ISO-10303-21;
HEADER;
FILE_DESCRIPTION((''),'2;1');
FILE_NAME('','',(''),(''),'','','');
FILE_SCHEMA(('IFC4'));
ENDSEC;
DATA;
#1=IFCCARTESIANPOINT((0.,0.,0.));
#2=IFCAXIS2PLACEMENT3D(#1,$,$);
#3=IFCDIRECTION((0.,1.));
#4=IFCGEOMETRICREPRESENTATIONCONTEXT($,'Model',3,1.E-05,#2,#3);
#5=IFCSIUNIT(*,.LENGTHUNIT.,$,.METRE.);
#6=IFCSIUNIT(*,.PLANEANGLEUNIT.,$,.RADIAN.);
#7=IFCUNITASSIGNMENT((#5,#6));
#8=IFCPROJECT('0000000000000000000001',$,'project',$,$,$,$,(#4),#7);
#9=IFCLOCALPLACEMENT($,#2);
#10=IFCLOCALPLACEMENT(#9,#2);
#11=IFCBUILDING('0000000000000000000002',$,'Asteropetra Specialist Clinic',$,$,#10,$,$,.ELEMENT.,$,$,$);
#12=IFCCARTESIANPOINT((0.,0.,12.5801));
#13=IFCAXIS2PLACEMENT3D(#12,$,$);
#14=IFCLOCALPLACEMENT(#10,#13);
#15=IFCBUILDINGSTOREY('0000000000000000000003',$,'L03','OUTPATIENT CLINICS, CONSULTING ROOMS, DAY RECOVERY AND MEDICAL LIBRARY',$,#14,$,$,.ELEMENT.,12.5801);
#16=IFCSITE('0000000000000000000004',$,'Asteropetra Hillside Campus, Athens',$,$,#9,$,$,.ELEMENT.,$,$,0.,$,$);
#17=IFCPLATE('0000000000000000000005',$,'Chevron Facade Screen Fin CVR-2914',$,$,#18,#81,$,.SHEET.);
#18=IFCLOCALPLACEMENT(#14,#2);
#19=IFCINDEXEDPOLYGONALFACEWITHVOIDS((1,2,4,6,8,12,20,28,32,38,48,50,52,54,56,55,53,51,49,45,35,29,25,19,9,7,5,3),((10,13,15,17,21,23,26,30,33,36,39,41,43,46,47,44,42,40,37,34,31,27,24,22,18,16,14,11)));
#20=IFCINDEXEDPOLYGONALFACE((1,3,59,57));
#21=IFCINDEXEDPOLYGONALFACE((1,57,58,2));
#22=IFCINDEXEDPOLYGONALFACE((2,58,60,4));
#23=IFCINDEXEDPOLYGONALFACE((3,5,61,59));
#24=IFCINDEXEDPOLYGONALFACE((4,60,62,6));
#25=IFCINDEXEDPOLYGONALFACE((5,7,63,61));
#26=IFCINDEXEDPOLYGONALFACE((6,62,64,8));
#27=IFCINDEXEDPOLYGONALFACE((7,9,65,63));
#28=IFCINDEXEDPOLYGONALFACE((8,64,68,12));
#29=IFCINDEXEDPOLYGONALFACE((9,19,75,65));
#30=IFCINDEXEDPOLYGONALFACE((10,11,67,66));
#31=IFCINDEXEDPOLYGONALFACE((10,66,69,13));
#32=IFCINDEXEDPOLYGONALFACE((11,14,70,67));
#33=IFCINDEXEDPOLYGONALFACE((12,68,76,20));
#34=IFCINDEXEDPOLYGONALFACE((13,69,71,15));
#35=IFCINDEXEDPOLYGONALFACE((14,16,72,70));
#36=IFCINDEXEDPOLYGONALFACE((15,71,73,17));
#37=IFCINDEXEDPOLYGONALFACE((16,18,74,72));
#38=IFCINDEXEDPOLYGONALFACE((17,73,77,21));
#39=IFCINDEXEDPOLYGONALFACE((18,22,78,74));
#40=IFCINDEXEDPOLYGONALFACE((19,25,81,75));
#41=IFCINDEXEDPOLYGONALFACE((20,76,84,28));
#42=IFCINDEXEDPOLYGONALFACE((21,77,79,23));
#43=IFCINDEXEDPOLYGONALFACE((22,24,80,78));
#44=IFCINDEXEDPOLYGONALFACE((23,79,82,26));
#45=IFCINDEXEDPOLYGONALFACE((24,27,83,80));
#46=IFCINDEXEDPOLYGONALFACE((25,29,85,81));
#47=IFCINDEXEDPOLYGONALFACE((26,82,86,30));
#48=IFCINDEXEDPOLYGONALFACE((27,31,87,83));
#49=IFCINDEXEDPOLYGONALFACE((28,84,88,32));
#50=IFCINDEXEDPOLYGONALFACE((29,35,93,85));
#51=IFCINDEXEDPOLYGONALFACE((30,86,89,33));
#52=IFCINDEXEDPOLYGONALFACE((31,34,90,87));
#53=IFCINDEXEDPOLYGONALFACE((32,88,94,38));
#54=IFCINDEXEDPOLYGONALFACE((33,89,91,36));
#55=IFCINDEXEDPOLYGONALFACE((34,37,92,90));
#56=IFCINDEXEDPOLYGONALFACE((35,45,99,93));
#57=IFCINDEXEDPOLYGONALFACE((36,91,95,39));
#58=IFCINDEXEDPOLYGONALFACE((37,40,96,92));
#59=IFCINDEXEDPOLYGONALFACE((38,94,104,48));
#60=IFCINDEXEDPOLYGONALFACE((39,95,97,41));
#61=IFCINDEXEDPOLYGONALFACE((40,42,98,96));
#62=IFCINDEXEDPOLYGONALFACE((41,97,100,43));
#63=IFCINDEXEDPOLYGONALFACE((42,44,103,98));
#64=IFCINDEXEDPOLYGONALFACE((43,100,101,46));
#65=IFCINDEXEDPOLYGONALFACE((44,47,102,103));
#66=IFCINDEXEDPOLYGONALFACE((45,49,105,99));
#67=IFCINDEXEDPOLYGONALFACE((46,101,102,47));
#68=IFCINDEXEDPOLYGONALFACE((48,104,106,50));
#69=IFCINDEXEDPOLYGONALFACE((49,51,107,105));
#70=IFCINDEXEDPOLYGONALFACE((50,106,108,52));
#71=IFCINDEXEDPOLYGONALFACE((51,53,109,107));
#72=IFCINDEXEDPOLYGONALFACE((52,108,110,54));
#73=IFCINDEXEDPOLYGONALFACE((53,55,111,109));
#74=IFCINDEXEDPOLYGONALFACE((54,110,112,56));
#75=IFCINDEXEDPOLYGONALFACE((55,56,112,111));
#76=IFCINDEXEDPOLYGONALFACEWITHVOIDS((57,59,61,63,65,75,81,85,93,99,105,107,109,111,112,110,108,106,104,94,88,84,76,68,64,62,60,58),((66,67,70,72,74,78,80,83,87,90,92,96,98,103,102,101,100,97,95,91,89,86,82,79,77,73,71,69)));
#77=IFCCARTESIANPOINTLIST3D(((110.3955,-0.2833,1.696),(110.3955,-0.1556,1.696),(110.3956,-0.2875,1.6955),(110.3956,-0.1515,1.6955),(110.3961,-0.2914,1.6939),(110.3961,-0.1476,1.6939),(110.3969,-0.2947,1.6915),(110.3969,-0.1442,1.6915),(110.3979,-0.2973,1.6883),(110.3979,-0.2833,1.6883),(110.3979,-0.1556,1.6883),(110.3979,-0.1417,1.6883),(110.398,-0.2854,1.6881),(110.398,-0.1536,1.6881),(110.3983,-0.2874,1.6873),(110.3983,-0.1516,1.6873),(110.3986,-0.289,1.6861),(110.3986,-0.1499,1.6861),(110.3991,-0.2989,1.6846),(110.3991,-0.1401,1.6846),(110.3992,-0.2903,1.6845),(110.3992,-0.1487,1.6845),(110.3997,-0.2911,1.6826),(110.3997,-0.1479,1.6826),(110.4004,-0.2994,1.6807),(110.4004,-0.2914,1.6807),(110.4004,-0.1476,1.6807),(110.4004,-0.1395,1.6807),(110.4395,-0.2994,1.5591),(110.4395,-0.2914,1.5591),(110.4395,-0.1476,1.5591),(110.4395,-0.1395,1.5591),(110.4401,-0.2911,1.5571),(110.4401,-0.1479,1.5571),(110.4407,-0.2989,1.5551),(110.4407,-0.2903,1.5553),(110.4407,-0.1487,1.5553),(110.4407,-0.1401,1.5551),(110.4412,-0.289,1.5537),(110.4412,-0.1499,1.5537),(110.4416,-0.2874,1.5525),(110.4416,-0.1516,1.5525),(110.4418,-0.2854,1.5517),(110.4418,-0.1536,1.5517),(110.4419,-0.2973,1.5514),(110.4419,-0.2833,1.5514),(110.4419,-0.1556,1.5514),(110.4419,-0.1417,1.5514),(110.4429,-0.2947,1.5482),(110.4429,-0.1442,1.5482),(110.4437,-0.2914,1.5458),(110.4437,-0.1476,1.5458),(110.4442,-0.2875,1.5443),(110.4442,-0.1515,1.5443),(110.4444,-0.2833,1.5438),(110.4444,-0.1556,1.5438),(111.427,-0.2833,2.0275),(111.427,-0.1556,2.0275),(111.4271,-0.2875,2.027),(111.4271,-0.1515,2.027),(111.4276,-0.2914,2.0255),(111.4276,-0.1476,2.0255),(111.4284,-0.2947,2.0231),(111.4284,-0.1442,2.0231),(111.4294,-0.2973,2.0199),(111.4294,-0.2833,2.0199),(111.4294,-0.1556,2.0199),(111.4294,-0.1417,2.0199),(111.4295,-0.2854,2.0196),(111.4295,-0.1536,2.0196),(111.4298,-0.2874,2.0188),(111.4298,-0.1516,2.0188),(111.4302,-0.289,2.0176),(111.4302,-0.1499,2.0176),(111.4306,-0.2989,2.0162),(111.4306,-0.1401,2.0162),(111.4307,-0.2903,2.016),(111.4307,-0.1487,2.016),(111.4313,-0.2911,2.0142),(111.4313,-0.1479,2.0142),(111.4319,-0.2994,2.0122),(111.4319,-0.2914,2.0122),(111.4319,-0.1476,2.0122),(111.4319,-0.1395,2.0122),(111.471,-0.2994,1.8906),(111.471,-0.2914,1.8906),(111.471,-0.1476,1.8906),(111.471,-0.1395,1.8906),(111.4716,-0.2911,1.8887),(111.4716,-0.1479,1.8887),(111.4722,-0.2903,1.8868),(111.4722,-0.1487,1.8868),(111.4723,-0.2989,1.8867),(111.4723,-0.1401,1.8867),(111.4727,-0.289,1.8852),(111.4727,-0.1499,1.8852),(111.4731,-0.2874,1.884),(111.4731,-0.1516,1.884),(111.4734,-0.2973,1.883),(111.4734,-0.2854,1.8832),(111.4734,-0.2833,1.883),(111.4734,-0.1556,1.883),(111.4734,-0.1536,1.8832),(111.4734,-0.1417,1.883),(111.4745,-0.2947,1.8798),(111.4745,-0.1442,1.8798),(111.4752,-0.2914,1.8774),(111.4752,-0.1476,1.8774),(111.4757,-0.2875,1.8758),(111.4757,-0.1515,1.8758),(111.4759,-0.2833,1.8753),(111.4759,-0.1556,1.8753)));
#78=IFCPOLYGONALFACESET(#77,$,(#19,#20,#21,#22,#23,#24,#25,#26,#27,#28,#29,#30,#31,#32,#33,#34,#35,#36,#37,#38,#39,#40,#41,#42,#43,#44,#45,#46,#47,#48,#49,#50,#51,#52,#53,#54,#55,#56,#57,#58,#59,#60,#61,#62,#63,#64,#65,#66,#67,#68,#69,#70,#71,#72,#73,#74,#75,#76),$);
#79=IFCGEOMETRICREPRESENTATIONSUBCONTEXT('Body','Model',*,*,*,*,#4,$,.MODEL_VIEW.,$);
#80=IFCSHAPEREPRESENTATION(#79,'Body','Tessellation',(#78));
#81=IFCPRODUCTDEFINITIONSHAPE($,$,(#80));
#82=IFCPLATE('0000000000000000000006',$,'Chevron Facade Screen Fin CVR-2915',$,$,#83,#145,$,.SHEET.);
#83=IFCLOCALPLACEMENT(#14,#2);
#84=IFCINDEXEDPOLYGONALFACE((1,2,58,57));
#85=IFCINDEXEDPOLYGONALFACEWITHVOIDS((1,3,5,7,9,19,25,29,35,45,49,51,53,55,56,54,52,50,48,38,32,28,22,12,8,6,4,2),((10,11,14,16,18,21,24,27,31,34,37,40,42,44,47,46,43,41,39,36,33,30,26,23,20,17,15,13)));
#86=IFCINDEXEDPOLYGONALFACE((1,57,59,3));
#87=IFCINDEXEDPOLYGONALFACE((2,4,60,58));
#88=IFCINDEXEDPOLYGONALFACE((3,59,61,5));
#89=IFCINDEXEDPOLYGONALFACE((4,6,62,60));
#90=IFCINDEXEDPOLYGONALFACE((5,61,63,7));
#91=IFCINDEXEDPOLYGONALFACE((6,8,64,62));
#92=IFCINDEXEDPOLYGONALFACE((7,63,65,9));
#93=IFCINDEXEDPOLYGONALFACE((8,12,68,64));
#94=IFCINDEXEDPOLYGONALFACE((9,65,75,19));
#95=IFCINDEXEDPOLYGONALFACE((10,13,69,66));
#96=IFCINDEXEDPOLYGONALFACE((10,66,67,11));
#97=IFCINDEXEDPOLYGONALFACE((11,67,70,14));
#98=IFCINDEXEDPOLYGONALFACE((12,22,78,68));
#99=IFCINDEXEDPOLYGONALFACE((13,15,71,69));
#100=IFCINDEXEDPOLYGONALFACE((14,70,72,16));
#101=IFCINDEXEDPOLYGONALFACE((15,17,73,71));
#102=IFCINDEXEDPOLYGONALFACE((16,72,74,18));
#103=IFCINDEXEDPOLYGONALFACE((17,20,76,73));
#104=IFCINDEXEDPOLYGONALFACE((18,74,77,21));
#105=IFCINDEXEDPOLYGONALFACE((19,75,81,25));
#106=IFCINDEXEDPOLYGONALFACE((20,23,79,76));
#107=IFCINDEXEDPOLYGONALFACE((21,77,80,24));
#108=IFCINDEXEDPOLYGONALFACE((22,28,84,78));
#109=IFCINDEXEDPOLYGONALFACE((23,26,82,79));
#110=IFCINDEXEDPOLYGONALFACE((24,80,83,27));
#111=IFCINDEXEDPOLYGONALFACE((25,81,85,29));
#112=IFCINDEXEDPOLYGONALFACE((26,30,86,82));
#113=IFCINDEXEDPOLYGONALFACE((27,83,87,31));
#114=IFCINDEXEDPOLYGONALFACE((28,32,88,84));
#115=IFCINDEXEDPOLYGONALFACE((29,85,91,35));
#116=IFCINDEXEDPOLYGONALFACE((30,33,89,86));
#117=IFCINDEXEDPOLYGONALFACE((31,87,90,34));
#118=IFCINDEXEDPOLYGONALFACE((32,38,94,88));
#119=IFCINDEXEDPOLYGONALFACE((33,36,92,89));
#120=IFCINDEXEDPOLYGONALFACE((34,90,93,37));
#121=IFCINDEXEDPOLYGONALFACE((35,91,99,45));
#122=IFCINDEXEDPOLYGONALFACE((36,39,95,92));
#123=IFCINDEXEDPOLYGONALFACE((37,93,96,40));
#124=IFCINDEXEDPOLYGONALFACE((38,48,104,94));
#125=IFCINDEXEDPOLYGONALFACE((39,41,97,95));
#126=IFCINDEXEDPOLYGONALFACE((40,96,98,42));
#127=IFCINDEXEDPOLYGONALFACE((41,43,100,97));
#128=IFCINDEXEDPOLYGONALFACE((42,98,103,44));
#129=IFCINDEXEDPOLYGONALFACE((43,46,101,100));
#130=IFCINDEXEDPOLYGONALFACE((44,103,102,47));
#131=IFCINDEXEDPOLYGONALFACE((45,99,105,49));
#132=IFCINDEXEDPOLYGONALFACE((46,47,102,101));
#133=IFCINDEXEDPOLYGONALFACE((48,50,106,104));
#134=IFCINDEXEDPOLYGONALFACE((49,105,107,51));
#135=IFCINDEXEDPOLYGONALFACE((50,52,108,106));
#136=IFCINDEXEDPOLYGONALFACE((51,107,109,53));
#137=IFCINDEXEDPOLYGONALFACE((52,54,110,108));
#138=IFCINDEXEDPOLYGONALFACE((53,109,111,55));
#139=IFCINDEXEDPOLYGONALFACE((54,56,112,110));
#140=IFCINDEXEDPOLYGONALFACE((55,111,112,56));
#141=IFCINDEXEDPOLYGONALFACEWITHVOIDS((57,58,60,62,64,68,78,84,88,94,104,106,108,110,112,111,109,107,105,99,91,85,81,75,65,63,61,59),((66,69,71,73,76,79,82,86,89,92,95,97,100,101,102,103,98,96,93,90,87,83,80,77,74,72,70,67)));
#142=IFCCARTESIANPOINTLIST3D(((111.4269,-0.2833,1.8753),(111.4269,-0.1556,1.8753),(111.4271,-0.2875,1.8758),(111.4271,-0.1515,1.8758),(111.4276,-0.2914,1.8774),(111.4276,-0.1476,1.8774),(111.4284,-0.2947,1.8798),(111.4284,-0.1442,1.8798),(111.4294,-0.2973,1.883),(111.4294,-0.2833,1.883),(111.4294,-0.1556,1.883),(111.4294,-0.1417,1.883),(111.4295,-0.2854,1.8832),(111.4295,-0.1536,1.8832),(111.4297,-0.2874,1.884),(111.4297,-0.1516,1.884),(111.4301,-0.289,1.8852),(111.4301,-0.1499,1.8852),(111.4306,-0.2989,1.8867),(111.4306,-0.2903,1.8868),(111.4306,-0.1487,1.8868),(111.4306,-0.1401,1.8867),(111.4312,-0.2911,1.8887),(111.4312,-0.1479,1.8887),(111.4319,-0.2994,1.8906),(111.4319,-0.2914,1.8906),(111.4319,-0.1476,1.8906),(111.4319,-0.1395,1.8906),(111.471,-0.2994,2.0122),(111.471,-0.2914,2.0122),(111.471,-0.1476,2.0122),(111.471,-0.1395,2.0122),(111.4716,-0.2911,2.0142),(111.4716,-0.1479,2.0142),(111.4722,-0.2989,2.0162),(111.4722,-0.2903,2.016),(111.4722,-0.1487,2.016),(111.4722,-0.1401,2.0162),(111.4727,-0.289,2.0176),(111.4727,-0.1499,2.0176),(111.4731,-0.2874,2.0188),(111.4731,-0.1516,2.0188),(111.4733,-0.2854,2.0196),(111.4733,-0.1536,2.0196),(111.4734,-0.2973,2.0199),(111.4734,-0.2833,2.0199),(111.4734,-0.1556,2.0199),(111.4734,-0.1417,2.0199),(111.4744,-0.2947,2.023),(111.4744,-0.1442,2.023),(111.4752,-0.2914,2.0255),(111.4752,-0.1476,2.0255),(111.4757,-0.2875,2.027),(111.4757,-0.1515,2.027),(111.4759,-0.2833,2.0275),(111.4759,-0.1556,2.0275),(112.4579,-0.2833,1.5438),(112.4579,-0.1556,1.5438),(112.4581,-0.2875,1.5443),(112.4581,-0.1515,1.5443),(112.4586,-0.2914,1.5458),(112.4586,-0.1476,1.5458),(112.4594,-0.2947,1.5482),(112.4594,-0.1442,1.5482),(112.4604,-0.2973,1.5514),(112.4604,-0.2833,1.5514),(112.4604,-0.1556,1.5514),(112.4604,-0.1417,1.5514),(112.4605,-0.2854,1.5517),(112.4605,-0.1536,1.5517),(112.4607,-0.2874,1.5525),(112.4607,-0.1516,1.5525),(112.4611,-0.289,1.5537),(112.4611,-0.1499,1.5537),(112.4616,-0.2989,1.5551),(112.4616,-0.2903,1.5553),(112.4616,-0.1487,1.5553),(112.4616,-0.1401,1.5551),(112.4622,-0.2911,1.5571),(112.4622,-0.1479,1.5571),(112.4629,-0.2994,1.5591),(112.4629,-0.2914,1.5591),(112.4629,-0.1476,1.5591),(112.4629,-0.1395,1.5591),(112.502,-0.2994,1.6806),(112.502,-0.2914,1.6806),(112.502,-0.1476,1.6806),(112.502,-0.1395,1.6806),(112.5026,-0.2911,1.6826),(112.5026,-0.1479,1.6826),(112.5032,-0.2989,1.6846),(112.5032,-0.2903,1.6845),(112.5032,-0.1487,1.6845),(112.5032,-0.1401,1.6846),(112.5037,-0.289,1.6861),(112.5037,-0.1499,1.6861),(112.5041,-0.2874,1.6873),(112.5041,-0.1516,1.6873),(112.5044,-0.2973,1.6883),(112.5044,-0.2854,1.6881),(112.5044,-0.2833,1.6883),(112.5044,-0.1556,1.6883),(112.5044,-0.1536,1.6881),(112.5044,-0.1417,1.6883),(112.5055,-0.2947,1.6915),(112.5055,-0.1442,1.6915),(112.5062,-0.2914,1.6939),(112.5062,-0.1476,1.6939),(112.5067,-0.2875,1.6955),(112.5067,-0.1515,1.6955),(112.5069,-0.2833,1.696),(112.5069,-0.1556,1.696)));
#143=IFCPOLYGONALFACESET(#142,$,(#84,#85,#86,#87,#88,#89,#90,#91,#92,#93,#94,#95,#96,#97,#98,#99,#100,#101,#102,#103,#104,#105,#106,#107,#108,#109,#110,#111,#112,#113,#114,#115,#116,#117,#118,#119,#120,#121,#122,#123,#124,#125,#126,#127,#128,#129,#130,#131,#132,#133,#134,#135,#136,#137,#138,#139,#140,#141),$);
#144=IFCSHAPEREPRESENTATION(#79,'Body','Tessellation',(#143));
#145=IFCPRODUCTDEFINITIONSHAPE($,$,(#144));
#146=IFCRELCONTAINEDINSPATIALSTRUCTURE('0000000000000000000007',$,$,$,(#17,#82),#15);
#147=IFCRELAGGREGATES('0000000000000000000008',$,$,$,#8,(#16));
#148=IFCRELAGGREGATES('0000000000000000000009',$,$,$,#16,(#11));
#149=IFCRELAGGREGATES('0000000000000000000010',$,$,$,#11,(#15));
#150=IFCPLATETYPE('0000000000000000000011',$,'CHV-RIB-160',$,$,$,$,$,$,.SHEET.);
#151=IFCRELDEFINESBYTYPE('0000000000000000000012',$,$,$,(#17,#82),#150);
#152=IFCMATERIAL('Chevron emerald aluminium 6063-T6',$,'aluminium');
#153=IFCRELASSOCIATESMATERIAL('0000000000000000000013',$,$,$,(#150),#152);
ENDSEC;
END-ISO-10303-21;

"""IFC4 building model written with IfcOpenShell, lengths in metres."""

from ifc_helpers import new_model, si_unit, direction, frame, origin, origin_2d, place, context, subcontext, project, spatial, hollow_rectangle, extrude, material, material_profile, profile_set, type_object, element, save


model = new_model("IFC4")

# Units and contexts
model_context = context("Model", 3, precision=1e-05, world=origin(), true_north=direction((0.0, 1.0)))
body_context = subcontext(model_context, "Body", "Model", "MODEL_VIEW")
ifc_project = project(units=[si_unit("LENGTHUNIT", "METRE"), si_unit("PLANEANGLEUNIT", "RADIAN")], contexts=[model_context])

# Site, building, storey
site_placement = place(None, origin())
site = spatial("IfcSite", under=ifc_project, at=site_placement, Name="Asteropetra Hillside Campus, Athens", CompositionType="ELEMENT", RefElevation=0.0)
building_placement = place(site_placement, origin())
building = spatial("IfcBuilding", under=site, at=building_placement, Name="Asteropetra Specialist Clinic", CompositionType="ELEMENT")
storey_placement = place(building_placement, frame((0.0, 0.0, 12.5801)))
storey = spatial("IfcBuildingStorey", under=building, at=storey_placement, Name="L03", Description="OUTPATIENT CLINICS, CONSULTING ROOMS, DAY RECOVERY AND MEDICAL LIBRARY", CompositionType="ELEMENT", Elevation=12.5801)

# Plates
ifc_material_1 = material(Name="Chevron emerald aluminium 6063-T6", Category="aluminium")
ifc_material_profile_1 = material_profile(ifc_material_1, hollow_rectangle(XDim=0.1599, YDim=0.1599, WallThickness=0.0081, InnerFilletRadius=0.0081, OuterFilletRadius=0.0161, at=origin_2d()), Name="SHS 160x160x8.0")
ifc_profile_set_1 = profile_set([ifc_material_profile_1], Name="Chevron emerald aluminium 6063-T6")
plate_type_1 = type_object("IfcPlateType", Name="CHV-RIB-160", PredefinedType="SHEET", material=ifc_profile_set_1)
plate_1_placement = place(storey_placement, frame((110.4199, -0.2195, 1.6199), z_axis=(0.952031, 0.0, 0.306002), x_axis=(0.0, 1.0, 0.0)))
element("IfcPlate", 1, at=plate_1_placement, inside=storey, type_object=plate_type_1, Name="Chevron Facade Screen Fin CVR-2914", PredefinedType="SHEET", context=body_context, shape_type="SweptSolid", body=[
    extrude(hollow_rectangle(XDim=0.1599, YDim=0.1599, WallThickness=0.0081, InnerFilletRadius=0.0081, OuterFilletRadius=0.0161, at=origin_2d()), origin(), (0.0, 0.0, 1.0), 1.0835),
])
plate_2_placement = place(storey_placement, frame((111.4514, -0.2195, 1.9514), z_axis=(0.951989, 0.0, -0.306133), x_axis=(0.0, 1.0, 0.0)))
element("IfcPlate", 2, at=plate_2_placement, inside=storey, type_object=plate_type_1, Name="Chevron Facade Screen Fin CVR-2915", PredefinedType="SHEET", context=body_context, shape_type="SweptSolid", body=[
    extrude(hollow_rectangle(XDim=0.1599, YDim=0.1599, WallThickness=0.0081, InnerFilletRadius=0.0081, OuterFilletRadius=0.0161, at=origin_2d()), origin(), (0.0, 0.0, 1.0), 1.083),
])

save(model, "model.ifc")
